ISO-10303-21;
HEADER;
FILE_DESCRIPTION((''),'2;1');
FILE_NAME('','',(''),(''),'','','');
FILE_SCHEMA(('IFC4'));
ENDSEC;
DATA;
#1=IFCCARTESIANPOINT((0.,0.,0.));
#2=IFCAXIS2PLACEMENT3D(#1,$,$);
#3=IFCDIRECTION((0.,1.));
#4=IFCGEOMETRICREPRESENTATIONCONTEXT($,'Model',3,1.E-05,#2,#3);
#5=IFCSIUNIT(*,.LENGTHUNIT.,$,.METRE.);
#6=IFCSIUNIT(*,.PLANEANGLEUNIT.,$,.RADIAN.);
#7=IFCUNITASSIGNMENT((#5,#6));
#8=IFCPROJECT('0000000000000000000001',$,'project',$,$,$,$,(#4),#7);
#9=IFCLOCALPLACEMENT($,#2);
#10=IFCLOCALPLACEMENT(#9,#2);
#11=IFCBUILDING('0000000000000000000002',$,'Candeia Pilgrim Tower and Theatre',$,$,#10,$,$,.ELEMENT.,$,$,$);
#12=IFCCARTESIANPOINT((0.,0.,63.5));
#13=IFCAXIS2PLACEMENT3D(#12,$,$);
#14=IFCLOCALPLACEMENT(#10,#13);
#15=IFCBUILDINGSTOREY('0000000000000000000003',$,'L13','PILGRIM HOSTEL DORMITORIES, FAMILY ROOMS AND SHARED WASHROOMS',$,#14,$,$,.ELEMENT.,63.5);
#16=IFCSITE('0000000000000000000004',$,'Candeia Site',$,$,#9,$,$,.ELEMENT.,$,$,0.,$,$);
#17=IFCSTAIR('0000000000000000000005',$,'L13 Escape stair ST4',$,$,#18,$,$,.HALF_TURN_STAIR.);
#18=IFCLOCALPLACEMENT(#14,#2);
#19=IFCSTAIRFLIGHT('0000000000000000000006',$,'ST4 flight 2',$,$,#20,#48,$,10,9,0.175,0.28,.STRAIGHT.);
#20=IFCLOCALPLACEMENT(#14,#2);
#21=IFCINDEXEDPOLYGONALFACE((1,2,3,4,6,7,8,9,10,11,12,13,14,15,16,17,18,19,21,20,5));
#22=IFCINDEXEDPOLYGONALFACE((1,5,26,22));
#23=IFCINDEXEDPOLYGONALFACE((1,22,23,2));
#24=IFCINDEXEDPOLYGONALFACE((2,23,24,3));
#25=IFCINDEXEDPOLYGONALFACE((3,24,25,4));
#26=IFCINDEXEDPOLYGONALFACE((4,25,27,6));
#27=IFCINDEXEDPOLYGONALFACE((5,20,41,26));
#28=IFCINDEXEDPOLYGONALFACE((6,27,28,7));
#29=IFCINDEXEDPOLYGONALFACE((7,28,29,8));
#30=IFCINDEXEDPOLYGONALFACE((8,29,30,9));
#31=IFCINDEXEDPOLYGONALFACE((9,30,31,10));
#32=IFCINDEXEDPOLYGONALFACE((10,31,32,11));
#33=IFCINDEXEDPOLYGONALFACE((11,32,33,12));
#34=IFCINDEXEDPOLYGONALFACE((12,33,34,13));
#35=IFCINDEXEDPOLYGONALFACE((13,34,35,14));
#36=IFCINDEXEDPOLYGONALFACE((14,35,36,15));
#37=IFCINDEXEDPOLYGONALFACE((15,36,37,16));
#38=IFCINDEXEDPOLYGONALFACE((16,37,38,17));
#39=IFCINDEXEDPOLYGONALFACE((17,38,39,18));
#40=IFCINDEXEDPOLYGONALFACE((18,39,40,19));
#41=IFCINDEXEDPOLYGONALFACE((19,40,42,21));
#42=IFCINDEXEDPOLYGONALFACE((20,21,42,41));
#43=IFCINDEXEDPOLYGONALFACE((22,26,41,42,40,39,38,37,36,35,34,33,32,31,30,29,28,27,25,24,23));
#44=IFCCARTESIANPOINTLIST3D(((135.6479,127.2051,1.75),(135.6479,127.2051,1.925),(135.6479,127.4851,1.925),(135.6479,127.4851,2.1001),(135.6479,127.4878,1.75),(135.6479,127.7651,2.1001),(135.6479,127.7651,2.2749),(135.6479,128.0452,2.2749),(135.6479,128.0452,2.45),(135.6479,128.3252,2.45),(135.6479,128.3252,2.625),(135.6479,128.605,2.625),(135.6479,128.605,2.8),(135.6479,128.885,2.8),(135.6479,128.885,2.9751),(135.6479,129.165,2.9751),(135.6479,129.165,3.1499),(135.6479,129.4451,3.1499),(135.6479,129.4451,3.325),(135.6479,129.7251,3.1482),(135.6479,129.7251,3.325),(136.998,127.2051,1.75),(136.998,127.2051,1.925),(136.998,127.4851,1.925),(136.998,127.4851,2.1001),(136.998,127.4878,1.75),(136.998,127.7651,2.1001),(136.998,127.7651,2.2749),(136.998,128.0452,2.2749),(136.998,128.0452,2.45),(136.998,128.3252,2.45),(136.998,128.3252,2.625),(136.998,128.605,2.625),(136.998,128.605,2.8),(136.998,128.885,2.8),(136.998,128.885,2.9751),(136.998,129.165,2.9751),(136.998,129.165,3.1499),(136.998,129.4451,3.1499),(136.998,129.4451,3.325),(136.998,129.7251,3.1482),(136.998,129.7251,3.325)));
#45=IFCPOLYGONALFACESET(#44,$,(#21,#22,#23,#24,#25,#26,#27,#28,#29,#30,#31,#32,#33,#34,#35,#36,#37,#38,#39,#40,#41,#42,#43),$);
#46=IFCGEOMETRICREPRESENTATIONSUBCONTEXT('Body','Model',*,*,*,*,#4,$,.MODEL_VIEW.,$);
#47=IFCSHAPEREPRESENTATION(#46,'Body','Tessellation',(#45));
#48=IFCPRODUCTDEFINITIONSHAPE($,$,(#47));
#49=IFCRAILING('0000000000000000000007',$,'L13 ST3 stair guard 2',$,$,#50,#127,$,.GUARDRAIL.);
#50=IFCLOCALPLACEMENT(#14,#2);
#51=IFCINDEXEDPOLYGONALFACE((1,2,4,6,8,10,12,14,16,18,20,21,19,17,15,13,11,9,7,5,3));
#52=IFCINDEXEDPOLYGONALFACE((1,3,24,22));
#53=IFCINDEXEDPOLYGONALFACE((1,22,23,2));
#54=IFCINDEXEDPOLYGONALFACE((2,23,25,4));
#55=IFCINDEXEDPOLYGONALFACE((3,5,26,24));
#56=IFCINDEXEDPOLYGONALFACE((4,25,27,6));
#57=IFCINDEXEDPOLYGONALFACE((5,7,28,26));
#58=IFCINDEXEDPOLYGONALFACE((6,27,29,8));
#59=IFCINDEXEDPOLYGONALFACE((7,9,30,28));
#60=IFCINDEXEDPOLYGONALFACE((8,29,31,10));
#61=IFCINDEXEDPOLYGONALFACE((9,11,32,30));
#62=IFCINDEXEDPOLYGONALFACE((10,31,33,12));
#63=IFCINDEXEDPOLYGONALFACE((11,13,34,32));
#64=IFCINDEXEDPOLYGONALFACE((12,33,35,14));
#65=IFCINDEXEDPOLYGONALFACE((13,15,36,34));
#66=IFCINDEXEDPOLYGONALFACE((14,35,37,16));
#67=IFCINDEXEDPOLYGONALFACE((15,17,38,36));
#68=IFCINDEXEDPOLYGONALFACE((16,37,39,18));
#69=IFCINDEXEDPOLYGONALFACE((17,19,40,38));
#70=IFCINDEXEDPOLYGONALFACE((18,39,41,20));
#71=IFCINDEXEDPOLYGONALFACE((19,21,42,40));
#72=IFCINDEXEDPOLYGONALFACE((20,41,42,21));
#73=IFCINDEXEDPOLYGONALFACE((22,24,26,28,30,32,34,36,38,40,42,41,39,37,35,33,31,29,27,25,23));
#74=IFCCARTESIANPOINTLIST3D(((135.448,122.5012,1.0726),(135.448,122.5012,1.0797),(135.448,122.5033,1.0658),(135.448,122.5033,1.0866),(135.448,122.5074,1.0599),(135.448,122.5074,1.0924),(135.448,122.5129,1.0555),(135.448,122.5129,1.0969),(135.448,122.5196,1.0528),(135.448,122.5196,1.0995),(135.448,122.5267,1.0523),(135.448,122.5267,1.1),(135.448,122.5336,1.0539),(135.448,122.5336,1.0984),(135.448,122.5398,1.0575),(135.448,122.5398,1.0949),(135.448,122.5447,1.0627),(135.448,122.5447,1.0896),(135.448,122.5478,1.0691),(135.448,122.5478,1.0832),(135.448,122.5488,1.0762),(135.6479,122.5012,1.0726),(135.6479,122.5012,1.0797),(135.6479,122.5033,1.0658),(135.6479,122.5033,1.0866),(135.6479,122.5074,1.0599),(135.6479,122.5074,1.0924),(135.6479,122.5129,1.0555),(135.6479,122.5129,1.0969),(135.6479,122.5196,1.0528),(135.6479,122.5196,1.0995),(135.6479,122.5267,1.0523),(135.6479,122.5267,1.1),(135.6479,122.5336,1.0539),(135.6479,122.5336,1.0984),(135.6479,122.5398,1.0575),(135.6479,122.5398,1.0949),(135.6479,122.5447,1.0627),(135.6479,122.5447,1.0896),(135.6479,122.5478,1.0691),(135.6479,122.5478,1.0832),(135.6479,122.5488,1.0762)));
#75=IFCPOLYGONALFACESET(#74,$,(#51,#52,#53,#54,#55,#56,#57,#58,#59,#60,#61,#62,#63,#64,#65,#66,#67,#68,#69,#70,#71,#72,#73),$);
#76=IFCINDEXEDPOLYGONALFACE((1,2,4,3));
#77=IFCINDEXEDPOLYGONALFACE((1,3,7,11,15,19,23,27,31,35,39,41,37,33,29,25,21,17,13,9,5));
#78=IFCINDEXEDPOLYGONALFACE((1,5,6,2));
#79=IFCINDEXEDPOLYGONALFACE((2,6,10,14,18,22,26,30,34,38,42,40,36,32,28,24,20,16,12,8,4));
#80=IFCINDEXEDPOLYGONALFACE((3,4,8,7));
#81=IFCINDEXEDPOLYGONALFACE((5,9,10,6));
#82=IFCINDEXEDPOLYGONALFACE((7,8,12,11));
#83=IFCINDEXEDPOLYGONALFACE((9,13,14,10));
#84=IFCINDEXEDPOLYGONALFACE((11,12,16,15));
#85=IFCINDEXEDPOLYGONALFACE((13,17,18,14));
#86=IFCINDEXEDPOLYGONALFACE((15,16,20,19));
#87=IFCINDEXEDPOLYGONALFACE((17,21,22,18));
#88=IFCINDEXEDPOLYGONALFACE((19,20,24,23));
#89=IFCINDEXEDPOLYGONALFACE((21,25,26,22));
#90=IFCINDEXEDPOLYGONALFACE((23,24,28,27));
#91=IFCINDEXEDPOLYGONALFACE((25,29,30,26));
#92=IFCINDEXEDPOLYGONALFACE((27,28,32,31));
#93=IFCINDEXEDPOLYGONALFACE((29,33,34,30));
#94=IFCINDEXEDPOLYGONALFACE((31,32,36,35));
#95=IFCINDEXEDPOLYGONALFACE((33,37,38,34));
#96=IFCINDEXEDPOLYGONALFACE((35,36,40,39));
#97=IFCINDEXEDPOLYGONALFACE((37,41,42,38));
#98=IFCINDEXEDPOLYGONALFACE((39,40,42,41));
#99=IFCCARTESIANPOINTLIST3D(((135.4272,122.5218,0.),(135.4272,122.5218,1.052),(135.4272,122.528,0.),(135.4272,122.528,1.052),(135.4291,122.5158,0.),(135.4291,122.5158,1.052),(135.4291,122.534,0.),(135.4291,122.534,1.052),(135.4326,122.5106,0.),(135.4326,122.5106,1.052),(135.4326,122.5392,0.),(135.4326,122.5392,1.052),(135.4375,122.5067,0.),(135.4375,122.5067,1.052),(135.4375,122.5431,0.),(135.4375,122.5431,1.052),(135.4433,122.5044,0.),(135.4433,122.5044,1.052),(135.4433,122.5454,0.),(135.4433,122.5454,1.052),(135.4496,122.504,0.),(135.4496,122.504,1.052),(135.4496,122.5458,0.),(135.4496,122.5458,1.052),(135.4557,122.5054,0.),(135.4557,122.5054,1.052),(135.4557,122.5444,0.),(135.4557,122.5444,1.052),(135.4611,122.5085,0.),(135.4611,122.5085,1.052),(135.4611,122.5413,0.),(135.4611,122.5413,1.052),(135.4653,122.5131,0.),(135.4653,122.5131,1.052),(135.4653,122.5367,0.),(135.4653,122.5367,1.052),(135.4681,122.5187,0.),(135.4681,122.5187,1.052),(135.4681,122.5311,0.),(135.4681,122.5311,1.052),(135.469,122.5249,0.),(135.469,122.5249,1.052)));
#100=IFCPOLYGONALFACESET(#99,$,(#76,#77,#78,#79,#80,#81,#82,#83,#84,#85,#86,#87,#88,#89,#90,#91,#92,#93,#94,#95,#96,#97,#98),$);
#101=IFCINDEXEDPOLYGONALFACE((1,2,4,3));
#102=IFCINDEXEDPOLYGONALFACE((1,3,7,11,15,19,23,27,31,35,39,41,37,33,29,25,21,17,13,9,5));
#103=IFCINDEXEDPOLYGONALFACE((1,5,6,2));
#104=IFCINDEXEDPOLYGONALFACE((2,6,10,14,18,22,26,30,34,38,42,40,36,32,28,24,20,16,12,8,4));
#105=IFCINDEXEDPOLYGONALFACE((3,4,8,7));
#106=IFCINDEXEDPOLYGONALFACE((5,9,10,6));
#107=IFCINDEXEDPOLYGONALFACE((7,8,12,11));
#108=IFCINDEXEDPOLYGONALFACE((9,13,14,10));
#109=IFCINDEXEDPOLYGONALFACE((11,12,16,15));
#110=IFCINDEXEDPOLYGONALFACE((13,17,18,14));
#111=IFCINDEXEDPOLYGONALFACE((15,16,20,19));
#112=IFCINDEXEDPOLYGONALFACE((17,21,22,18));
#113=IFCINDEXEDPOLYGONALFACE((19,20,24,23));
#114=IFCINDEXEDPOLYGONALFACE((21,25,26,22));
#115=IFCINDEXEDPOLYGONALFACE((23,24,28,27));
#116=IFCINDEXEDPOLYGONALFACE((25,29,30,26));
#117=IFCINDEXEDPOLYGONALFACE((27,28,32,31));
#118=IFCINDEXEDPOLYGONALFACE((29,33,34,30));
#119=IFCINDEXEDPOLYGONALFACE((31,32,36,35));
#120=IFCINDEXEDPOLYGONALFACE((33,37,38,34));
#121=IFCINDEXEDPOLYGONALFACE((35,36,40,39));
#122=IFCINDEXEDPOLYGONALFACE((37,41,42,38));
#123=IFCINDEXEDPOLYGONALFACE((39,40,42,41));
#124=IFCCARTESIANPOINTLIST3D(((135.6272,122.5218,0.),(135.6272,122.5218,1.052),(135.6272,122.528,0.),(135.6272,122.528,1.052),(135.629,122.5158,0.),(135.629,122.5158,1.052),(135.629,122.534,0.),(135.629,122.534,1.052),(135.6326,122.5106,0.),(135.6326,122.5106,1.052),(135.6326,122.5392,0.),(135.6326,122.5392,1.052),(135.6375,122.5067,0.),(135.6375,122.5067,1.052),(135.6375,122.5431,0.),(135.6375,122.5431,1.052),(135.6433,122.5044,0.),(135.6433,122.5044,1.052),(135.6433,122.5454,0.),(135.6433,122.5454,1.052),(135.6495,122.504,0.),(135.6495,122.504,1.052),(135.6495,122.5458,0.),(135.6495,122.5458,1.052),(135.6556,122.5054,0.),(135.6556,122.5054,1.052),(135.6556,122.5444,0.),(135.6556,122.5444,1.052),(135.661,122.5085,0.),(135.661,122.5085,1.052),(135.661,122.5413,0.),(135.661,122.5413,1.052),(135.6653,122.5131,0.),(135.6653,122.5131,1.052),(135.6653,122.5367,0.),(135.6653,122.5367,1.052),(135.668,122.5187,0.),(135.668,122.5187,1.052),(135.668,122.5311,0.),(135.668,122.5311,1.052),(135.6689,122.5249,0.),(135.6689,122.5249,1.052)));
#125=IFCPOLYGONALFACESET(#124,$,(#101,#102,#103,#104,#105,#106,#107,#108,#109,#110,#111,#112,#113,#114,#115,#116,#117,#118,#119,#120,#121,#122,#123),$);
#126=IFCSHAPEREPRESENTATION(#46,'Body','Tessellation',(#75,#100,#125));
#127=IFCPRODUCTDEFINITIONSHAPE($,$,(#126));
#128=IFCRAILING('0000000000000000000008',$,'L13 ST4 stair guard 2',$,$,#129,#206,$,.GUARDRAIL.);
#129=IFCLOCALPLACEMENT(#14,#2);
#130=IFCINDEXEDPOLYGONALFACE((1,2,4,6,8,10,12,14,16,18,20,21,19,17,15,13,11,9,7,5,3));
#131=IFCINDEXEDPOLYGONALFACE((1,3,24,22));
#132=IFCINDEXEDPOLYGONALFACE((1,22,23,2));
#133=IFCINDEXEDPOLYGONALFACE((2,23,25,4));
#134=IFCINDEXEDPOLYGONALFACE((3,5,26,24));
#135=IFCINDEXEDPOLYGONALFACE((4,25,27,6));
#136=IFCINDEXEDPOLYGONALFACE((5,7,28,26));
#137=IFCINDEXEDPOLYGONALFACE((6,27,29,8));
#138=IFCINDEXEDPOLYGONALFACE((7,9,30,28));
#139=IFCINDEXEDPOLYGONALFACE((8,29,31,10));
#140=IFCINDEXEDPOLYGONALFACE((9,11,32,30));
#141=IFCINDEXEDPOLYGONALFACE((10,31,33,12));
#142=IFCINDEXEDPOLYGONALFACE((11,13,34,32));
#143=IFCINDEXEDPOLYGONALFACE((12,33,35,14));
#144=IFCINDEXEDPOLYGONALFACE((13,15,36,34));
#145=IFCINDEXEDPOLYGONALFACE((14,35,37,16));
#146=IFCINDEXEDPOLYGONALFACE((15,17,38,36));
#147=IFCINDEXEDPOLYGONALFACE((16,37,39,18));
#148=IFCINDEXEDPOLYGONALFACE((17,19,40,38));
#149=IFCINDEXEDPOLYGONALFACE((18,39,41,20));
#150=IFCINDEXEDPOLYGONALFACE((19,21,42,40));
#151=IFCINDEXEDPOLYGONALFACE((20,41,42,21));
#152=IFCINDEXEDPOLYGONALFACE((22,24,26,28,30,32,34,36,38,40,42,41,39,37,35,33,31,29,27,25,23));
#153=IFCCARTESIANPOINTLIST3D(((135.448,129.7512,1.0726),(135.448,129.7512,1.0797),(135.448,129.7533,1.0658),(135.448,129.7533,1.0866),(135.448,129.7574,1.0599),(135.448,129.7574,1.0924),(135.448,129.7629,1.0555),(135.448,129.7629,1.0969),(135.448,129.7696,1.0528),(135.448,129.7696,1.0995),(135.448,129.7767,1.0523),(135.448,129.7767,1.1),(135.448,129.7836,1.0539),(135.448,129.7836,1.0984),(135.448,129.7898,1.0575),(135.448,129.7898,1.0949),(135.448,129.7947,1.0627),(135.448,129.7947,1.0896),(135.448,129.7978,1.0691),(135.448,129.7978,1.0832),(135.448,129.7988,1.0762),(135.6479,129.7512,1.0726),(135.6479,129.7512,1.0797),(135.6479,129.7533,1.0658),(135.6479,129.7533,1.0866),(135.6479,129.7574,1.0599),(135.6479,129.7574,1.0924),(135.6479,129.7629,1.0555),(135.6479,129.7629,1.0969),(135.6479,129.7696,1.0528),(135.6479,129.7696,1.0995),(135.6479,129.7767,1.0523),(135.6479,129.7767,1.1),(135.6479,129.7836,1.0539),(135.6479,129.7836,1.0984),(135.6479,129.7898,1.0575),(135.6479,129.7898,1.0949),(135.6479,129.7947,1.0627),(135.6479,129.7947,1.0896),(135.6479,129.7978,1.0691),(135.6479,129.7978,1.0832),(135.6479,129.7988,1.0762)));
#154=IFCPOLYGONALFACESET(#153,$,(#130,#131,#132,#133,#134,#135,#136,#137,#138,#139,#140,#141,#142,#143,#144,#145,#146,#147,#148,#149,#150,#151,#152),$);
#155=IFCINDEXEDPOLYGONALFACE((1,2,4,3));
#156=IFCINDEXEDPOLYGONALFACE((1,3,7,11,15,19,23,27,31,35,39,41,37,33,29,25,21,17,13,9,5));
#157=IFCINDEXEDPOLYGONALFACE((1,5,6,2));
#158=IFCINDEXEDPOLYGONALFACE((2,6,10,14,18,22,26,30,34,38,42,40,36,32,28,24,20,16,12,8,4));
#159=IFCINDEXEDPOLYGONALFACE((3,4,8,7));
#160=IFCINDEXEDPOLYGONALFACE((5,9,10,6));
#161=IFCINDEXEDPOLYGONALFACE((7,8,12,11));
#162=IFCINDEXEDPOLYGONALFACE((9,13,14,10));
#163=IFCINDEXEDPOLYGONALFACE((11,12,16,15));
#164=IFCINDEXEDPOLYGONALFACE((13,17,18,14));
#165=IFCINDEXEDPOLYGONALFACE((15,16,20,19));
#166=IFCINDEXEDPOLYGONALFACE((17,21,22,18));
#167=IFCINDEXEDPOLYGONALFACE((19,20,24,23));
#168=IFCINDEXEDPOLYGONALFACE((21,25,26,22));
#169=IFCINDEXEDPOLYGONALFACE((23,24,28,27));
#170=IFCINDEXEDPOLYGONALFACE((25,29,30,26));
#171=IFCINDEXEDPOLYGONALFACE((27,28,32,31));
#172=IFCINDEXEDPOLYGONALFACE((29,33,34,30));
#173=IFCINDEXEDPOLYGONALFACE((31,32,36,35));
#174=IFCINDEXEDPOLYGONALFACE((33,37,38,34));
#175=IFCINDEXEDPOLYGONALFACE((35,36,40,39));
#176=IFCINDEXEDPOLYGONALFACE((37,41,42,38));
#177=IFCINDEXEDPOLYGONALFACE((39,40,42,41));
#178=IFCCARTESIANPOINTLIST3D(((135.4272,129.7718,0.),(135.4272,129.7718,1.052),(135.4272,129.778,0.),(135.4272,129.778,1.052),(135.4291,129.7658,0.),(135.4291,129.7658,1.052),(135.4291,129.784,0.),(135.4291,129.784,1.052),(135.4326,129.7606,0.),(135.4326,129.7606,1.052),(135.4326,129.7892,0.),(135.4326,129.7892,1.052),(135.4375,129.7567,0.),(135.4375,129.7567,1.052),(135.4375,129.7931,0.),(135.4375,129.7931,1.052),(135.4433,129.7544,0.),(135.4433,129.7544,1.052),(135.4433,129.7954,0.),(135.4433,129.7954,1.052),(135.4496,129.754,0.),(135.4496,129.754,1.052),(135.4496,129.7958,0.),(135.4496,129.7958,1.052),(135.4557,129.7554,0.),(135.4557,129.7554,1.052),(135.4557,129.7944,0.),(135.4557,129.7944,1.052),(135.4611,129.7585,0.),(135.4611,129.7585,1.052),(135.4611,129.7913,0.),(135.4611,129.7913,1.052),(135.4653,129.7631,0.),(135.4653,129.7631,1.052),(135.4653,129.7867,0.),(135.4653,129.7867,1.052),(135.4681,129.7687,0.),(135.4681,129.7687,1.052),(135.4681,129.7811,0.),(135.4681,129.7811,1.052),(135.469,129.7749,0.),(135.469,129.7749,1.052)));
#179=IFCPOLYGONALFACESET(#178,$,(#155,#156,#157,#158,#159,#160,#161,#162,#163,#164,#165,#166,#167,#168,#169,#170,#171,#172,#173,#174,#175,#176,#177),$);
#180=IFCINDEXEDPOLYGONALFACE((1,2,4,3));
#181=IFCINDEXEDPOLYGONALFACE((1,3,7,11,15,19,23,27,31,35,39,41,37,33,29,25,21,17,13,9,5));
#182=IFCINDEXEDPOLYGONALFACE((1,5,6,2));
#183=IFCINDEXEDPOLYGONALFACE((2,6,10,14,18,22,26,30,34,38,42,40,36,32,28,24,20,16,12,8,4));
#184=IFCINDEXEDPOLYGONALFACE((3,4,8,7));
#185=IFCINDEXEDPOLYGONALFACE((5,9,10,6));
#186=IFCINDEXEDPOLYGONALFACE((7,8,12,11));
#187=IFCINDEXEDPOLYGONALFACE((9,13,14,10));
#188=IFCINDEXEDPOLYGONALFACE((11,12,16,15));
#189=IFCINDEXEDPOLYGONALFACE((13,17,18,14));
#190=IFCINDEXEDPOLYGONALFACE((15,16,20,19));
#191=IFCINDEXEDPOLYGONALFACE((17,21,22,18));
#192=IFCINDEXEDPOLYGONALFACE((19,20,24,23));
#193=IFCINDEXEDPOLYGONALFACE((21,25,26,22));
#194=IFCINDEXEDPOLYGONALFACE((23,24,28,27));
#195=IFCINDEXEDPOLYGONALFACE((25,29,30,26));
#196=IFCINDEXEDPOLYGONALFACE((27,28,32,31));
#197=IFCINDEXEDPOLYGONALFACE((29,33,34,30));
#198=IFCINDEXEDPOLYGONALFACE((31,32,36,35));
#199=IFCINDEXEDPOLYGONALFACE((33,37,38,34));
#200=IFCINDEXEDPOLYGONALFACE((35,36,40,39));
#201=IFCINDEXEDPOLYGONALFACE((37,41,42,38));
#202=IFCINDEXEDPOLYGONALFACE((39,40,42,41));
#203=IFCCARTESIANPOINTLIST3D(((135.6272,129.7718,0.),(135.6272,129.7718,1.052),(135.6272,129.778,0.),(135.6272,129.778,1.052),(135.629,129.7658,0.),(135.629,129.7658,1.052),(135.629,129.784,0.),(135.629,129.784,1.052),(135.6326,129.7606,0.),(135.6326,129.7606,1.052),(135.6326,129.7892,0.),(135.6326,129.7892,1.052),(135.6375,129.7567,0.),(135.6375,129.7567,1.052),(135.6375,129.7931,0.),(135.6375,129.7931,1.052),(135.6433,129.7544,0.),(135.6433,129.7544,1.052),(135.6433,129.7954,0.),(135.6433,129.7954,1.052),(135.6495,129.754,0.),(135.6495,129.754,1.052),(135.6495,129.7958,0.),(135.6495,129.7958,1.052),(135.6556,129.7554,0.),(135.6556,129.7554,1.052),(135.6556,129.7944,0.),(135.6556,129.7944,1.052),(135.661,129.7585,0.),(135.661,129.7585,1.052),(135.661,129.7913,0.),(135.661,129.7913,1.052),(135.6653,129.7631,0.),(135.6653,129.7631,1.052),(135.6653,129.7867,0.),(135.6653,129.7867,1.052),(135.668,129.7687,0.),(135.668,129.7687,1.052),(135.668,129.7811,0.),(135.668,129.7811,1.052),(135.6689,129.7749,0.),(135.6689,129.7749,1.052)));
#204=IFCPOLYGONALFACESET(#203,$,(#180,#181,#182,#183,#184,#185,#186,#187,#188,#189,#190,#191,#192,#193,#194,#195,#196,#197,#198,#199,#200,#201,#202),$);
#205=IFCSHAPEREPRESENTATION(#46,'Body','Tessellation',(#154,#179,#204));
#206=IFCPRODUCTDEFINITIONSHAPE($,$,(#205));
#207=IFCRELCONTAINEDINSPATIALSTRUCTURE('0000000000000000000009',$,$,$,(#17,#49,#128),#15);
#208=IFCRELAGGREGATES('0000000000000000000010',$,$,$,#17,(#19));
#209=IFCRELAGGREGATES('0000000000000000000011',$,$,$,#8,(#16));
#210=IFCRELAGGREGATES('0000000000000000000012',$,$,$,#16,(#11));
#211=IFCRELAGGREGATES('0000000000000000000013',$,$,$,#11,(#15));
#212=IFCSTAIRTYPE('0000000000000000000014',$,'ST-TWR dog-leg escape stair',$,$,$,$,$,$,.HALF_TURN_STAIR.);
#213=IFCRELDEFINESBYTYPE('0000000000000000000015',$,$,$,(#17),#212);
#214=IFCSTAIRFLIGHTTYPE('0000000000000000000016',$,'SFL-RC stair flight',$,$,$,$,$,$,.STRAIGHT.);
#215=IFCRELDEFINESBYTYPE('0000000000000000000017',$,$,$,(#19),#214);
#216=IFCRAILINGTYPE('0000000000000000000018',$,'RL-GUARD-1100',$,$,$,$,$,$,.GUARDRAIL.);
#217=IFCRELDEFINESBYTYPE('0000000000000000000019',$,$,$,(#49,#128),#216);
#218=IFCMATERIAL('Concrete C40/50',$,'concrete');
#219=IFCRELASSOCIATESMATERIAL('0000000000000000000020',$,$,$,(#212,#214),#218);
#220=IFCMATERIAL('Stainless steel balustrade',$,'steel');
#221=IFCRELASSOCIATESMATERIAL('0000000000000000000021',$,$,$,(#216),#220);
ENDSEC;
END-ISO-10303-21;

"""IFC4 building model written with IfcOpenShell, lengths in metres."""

from ifc_helpers import new_model, si_unit, direction, frame, origin, origin_2d, place, context, subcontext, project, spatial, polyline, circle, outline, extrude, material, type_object, element, aggregate, save


model = new_model("IFC4")

# Units and contexts
model_context = context("Model", 3, precision=1e-05, world=origin(), true_north=direction((0.0, 1.0)))
body_context = subcontext(model_context, "Body", "Model", "MODEL_VIEW")
ifc_project = project(units=[si_unit("LENGTHUNIT", "METRE"), si_unit("PLANEANGLEUNIT", "RADIAN")], contexts=[model_context])

# Site, building, storey
site_placement = place(None, origin())
site = spatial("IfcSite", under=ifc_project, at=site_placement, Name="Candeia Site", CompositionType="ELEMENT", RefElevation=0.0)
building_placement = place(site_placement, origin())
building = spatial("IfcBuilding", under=site, at=building_placement, Name="Candeia Pilgrim Tower and Theatre", CompositionType="ELEMENT")
storey_placement = place(building_placement, frame((0.0, 0.0, 63.5)))
storey = spatial("IfcBuildingStorey", under=building, at=storey_placement, Name="L13", Description="PILGRIM HOSTEL DORMITORIES, FAMILY ROOMS AND SHARED WASHROOMS", CompositionType="ELEMENT", Elevation=63.5)

# Shared definitions
ifc_material_1 = material(Name="Concrete C40/50", Category="concrete")

# Shared definitions
stair_type = type_object("IfcStairType", Name="ST-TWR dog-leg escape stair", PredefinedType="HALF_TURN_STAIR", material=ifc_material_1)
stair_flight_type = type_object("IfcStairFlightType", Name="SFL-RC stair flight", PredefinedType="STRAIGHT", material=ifc_material_1)

# Stair, stair flight
stair_1_placement = place(storey_placement, origin())
stair_1 = element("IfcStair", 1, at=stair_1_placement, inside=storey, type_object=stair_type, Name="L13 Escape stair ST4", PredefinedType="HALF_TURN_STAIR")
stair_flight_1_placement = place(storey_placement, frame((136.323, 127.2051, 1.75), z_axis=(0.0, 0.0, 1.0), x_axis=(0.0, 1.0, 0.0)))
stair_flight_1 = element("IfcStairFlight", 2, at=stair_flight_1_placement, type_object=stair_flight_type, Name="ST4 flight 2", NumberOfRisers=10, NumberOfTreads=9, PredefinedType="STRAIGHT", RiserHeight=0.175, TreadLength=0.28, context=body_context, shape_type="SweptSolid", body=[
    extrude(outline(polyline([(0.0, 0.0), (0.0, 0.175), (0.28, 0.175), (0.28, 0.3501), (0.5601, 0.3501), (0.5601, 0.5249), (0.8401, 0.5249), (0.8401, 0.7), (1.1201, 0.7), (1.1201, 0.875), (1.3999, 0.875), (1.3999, 1.05), (1.6799, 1.05), (1.6799, 1.2251), (1.96, 1.2251), (1.96, 1.3999), (2.24, 1.3999), (2.24, 1.575), (2.52, 1.575), (2.52, 1.75), (2.52, 1.3982), (0.2827, 0.0), (0.0, 0.0)])), frame((0.0, 0.675, 0.0), z_axis=(0.0, -1.0, 0.0), x_axis=(1.0, 0.0, 0.0)), (0.0, 0.0, 1.0), 1.3501),
])
aggregate(stair_1, [stair_flight_1])

# Railings
ifc_material_2 = material(Name="Stainless steel balustrade", Category="steel")
railing_type_1 = type_object("IfcRailingType", Name="RL-GUARD-1100", PredefinedType="GUARDRAIL", material=ifc_material_2)
railing_1_placement = place(storey_placement, frame((135.448, 122.5249, 0.0)))
element("IfcRailing", 3, at=railing_1_placement, inside=storey, type_object=railing_type_1, Name="L13 ST3 stair guard 2", PredefinedType="GUARDRAIL", context=body_context, shape_type="SweptSolid", body=[
    extrude(circle(Radius=0.0239, at=origin_2d()), frame((0.0, 0.0, 1.0762), z_axis=(1.0, 0.0, 0.0), x_axis=(0.0, 1.0, 0.0)), (0.0, 0.0, 1.0), 0.2),
    extrude(circle(Radius=0.021, at=origin_2d()), origin(), (0.0, 0.0, 1.0), 1.052),
    extrude(circle(Radius=0.021, at=origin_2d()), frame((0.2, 0.0, 0.0)), (0.0, 0.0, 1.0), 1.052),
])
railing_2_placement = place(storey_placement, frame((135.448, 129.7749, 0.0)))
element("IfcRailing", 4, at=railing_2_placement, inside=storey, type_object=railing_type_1, Name="L13 ST4 stair guard 2", PredefinedType="GUARDRAIL", context=body_context, shape_type="SweptSolid", body=[
    extrude(circle(Radius=0.0239, at=origin_2d()), frame((0.0, 0.0, 1.0762), z_axis=(1.0, 0.0, 0.0), x_axis=(0.0, 1.0, 0.0)), (0.0, 0.0, 1.0), 0.2),
    extrude(circle(Radius=0.021, at=origin_2d()), origin(), (0.0, 0.0, 1.0), 1.052),
    extrude(circle(Radius=0.021, at=origin_2d()), frame((0.2, 0.0, 0.0)), (0.0, 0.0, 1.0), 1.052),
])

save(model, "model.ifc")
